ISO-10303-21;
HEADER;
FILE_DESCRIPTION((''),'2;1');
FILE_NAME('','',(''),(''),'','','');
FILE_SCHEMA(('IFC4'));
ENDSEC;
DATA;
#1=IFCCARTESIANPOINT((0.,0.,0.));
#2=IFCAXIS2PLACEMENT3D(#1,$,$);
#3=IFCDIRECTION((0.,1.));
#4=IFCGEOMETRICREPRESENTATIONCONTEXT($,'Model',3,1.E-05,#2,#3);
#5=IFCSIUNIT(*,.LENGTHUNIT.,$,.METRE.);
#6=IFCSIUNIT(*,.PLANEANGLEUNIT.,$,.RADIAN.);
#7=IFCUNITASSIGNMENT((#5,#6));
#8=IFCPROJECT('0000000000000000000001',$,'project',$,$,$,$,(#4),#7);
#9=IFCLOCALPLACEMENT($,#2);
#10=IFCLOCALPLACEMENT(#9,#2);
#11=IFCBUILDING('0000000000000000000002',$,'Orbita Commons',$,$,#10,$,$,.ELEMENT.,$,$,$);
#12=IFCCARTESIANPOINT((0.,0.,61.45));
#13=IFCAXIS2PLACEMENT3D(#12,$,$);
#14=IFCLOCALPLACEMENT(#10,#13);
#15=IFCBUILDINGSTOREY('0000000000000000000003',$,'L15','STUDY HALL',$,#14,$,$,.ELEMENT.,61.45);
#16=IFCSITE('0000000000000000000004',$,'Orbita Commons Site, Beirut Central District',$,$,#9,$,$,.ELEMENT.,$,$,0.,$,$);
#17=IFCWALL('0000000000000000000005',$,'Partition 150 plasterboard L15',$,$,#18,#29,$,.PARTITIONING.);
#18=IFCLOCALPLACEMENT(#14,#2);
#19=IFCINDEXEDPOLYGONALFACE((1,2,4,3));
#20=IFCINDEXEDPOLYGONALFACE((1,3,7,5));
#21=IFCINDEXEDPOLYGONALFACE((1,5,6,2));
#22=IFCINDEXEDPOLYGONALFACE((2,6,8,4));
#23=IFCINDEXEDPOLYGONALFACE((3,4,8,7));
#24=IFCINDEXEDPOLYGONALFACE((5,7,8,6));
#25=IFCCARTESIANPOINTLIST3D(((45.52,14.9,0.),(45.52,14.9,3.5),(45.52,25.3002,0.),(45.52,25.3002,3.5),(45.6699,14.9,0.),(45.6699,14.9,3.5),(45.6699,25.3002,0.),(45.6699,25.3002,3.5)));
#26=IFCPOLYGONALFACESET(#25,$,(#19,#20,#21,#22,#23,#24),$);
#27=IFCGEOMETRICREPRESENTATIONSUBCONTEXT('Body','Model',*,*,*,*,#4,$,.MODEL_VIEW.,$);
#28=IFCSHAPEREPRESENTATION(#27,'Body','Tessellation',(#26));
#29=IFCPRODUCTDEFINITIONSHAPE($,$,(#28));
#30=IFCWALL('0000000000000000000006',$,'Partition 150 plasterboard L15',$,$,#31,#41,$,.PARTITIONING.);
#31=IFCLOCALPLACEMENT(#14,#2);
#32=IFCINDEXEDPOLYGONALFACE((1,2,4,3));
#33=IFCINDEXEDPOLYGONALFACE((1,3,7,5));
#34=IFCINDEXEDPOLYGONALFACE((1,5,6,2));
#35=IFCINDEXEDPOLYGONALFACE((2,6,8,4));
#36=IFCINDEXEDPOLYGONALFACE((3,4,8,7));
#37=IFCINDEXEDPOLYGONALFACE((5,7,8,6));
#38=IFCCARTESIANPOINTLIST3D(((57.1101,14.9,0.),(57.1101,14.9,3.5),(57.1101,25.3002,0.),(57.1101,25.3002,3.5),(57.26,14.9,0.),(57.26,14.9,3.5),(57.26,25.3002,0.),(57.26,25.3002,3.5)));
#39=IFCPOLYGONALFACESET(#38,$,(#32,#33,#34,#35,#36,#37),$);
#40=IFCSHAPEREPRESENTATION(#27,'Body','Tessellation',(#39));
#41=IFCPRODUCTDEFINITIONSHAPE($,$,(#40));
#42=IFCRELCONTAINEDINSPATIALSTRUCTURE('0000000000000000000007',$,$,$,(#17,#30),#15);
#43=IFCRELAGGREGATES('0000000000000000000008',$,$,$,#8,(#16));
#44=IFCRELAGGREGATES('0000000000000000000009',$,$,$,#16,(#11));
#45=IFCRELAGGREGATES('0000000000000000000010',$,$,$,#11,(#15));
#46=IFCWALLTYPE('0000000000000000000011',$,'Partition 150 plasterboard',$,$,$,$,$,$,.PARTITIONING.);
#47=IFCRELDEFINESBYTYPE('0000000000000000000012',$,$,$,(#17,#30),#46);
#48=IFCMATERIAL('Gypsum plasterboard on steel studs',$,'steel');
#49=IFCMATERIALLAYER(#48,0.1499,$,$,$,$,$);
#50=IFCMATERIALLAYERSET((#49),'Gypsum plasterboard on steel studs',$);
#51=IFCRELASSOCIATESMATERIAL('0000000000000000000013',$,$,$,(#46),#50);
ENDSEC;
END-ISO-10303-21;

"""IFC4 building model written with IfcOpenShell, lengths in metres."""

from ifc_helpers import new_model, si_unit, direction, frame, frame_2d, origin, place, context, subcontext, project, spatial, rectangle, extrude, material, layer, layer_set, type_object, element, save


model = new_model("IFC4")

# Units and contexts
model_context = context("Model", 3, precision=1e-05, world=origin(), true_north=direction((0.0, 1.0)))
body_context = subcontext(model_context, "Body", "Model", "MODEL_VIEW")
ifc_project = project(units=[si_unit("LENGTHUNIT", "METRE"), si_unit("PLANEANGLEUNIT", "RADIAN")], contexts=[model_context])

# Site, building, storey
site_placement = place(None, origin())
site = spatial("IfcSite", under=ifc_project, at=site_placement, Name="Orbita Commons Site, Beirut Central District", CompositionType="ELEMENT", RefElevation=0.0)
building_placement = place(site_placement, origin())
building = spatial("IfcBuilding", under=site, at=building_placement, Name="Orbita Commons", CompositionType="ELEMENT")
storey_placement = place(building_placement, frame((0.0, 0.0, 61.45)))
storey = spatial("IfcBuildingStorey", under=building, at=storey_placement, Name="L15", Description="STUDY HALL", CompositionType="ELEMENT", Elevation=61.45)

# Walls
ifc_material_1 = material(Name="Gypsum plasterboard on steel studs", Category="steel")
ifc_layer_1 = layer(ifc_material_1, 0.1499)
ifc_layer_set_1 = layer_set([ifc_layer_1], Name="Gypsum plasterboard on steel studs")
wall_type_1 = type_object("IfcWallType", Name="Partition 150 plasterboard", PredefinedType="PARTITIONING", material=ifc_layer_set_1)
for number, where, z_axis, x_axis, name in (
    (1, (45.595, 14.8999, 0.0), (0.0, 0.0, 1.0), (0.0, 1.0, 0.0), "Partition 150 plasterboard L15"),
    (2, (57.1851, 14.8999, 0.0), (0.0, 0.0, 1.0), (0.0, 1.0, 0.0), "Partition 150 plasterboard L15"),
):
    element("IfcWall", number, at=place(storey_placement, frame(where, z_axis=z_axis, x_axis=x_axis)), inside=storey, type_object=wall_type_1, Name=name, PredefinedType="PARTITIONING", context=body_context, shape_type="SweptSolid", body=[
        extrude(rectangle(XDim=10.4001, YDim=0.1499, at=frame_2d((5.2002, 0.0))), origin(), (0.0, 0.0, 1.0), 3.5),
    ])

save(model, "model.ifc")
